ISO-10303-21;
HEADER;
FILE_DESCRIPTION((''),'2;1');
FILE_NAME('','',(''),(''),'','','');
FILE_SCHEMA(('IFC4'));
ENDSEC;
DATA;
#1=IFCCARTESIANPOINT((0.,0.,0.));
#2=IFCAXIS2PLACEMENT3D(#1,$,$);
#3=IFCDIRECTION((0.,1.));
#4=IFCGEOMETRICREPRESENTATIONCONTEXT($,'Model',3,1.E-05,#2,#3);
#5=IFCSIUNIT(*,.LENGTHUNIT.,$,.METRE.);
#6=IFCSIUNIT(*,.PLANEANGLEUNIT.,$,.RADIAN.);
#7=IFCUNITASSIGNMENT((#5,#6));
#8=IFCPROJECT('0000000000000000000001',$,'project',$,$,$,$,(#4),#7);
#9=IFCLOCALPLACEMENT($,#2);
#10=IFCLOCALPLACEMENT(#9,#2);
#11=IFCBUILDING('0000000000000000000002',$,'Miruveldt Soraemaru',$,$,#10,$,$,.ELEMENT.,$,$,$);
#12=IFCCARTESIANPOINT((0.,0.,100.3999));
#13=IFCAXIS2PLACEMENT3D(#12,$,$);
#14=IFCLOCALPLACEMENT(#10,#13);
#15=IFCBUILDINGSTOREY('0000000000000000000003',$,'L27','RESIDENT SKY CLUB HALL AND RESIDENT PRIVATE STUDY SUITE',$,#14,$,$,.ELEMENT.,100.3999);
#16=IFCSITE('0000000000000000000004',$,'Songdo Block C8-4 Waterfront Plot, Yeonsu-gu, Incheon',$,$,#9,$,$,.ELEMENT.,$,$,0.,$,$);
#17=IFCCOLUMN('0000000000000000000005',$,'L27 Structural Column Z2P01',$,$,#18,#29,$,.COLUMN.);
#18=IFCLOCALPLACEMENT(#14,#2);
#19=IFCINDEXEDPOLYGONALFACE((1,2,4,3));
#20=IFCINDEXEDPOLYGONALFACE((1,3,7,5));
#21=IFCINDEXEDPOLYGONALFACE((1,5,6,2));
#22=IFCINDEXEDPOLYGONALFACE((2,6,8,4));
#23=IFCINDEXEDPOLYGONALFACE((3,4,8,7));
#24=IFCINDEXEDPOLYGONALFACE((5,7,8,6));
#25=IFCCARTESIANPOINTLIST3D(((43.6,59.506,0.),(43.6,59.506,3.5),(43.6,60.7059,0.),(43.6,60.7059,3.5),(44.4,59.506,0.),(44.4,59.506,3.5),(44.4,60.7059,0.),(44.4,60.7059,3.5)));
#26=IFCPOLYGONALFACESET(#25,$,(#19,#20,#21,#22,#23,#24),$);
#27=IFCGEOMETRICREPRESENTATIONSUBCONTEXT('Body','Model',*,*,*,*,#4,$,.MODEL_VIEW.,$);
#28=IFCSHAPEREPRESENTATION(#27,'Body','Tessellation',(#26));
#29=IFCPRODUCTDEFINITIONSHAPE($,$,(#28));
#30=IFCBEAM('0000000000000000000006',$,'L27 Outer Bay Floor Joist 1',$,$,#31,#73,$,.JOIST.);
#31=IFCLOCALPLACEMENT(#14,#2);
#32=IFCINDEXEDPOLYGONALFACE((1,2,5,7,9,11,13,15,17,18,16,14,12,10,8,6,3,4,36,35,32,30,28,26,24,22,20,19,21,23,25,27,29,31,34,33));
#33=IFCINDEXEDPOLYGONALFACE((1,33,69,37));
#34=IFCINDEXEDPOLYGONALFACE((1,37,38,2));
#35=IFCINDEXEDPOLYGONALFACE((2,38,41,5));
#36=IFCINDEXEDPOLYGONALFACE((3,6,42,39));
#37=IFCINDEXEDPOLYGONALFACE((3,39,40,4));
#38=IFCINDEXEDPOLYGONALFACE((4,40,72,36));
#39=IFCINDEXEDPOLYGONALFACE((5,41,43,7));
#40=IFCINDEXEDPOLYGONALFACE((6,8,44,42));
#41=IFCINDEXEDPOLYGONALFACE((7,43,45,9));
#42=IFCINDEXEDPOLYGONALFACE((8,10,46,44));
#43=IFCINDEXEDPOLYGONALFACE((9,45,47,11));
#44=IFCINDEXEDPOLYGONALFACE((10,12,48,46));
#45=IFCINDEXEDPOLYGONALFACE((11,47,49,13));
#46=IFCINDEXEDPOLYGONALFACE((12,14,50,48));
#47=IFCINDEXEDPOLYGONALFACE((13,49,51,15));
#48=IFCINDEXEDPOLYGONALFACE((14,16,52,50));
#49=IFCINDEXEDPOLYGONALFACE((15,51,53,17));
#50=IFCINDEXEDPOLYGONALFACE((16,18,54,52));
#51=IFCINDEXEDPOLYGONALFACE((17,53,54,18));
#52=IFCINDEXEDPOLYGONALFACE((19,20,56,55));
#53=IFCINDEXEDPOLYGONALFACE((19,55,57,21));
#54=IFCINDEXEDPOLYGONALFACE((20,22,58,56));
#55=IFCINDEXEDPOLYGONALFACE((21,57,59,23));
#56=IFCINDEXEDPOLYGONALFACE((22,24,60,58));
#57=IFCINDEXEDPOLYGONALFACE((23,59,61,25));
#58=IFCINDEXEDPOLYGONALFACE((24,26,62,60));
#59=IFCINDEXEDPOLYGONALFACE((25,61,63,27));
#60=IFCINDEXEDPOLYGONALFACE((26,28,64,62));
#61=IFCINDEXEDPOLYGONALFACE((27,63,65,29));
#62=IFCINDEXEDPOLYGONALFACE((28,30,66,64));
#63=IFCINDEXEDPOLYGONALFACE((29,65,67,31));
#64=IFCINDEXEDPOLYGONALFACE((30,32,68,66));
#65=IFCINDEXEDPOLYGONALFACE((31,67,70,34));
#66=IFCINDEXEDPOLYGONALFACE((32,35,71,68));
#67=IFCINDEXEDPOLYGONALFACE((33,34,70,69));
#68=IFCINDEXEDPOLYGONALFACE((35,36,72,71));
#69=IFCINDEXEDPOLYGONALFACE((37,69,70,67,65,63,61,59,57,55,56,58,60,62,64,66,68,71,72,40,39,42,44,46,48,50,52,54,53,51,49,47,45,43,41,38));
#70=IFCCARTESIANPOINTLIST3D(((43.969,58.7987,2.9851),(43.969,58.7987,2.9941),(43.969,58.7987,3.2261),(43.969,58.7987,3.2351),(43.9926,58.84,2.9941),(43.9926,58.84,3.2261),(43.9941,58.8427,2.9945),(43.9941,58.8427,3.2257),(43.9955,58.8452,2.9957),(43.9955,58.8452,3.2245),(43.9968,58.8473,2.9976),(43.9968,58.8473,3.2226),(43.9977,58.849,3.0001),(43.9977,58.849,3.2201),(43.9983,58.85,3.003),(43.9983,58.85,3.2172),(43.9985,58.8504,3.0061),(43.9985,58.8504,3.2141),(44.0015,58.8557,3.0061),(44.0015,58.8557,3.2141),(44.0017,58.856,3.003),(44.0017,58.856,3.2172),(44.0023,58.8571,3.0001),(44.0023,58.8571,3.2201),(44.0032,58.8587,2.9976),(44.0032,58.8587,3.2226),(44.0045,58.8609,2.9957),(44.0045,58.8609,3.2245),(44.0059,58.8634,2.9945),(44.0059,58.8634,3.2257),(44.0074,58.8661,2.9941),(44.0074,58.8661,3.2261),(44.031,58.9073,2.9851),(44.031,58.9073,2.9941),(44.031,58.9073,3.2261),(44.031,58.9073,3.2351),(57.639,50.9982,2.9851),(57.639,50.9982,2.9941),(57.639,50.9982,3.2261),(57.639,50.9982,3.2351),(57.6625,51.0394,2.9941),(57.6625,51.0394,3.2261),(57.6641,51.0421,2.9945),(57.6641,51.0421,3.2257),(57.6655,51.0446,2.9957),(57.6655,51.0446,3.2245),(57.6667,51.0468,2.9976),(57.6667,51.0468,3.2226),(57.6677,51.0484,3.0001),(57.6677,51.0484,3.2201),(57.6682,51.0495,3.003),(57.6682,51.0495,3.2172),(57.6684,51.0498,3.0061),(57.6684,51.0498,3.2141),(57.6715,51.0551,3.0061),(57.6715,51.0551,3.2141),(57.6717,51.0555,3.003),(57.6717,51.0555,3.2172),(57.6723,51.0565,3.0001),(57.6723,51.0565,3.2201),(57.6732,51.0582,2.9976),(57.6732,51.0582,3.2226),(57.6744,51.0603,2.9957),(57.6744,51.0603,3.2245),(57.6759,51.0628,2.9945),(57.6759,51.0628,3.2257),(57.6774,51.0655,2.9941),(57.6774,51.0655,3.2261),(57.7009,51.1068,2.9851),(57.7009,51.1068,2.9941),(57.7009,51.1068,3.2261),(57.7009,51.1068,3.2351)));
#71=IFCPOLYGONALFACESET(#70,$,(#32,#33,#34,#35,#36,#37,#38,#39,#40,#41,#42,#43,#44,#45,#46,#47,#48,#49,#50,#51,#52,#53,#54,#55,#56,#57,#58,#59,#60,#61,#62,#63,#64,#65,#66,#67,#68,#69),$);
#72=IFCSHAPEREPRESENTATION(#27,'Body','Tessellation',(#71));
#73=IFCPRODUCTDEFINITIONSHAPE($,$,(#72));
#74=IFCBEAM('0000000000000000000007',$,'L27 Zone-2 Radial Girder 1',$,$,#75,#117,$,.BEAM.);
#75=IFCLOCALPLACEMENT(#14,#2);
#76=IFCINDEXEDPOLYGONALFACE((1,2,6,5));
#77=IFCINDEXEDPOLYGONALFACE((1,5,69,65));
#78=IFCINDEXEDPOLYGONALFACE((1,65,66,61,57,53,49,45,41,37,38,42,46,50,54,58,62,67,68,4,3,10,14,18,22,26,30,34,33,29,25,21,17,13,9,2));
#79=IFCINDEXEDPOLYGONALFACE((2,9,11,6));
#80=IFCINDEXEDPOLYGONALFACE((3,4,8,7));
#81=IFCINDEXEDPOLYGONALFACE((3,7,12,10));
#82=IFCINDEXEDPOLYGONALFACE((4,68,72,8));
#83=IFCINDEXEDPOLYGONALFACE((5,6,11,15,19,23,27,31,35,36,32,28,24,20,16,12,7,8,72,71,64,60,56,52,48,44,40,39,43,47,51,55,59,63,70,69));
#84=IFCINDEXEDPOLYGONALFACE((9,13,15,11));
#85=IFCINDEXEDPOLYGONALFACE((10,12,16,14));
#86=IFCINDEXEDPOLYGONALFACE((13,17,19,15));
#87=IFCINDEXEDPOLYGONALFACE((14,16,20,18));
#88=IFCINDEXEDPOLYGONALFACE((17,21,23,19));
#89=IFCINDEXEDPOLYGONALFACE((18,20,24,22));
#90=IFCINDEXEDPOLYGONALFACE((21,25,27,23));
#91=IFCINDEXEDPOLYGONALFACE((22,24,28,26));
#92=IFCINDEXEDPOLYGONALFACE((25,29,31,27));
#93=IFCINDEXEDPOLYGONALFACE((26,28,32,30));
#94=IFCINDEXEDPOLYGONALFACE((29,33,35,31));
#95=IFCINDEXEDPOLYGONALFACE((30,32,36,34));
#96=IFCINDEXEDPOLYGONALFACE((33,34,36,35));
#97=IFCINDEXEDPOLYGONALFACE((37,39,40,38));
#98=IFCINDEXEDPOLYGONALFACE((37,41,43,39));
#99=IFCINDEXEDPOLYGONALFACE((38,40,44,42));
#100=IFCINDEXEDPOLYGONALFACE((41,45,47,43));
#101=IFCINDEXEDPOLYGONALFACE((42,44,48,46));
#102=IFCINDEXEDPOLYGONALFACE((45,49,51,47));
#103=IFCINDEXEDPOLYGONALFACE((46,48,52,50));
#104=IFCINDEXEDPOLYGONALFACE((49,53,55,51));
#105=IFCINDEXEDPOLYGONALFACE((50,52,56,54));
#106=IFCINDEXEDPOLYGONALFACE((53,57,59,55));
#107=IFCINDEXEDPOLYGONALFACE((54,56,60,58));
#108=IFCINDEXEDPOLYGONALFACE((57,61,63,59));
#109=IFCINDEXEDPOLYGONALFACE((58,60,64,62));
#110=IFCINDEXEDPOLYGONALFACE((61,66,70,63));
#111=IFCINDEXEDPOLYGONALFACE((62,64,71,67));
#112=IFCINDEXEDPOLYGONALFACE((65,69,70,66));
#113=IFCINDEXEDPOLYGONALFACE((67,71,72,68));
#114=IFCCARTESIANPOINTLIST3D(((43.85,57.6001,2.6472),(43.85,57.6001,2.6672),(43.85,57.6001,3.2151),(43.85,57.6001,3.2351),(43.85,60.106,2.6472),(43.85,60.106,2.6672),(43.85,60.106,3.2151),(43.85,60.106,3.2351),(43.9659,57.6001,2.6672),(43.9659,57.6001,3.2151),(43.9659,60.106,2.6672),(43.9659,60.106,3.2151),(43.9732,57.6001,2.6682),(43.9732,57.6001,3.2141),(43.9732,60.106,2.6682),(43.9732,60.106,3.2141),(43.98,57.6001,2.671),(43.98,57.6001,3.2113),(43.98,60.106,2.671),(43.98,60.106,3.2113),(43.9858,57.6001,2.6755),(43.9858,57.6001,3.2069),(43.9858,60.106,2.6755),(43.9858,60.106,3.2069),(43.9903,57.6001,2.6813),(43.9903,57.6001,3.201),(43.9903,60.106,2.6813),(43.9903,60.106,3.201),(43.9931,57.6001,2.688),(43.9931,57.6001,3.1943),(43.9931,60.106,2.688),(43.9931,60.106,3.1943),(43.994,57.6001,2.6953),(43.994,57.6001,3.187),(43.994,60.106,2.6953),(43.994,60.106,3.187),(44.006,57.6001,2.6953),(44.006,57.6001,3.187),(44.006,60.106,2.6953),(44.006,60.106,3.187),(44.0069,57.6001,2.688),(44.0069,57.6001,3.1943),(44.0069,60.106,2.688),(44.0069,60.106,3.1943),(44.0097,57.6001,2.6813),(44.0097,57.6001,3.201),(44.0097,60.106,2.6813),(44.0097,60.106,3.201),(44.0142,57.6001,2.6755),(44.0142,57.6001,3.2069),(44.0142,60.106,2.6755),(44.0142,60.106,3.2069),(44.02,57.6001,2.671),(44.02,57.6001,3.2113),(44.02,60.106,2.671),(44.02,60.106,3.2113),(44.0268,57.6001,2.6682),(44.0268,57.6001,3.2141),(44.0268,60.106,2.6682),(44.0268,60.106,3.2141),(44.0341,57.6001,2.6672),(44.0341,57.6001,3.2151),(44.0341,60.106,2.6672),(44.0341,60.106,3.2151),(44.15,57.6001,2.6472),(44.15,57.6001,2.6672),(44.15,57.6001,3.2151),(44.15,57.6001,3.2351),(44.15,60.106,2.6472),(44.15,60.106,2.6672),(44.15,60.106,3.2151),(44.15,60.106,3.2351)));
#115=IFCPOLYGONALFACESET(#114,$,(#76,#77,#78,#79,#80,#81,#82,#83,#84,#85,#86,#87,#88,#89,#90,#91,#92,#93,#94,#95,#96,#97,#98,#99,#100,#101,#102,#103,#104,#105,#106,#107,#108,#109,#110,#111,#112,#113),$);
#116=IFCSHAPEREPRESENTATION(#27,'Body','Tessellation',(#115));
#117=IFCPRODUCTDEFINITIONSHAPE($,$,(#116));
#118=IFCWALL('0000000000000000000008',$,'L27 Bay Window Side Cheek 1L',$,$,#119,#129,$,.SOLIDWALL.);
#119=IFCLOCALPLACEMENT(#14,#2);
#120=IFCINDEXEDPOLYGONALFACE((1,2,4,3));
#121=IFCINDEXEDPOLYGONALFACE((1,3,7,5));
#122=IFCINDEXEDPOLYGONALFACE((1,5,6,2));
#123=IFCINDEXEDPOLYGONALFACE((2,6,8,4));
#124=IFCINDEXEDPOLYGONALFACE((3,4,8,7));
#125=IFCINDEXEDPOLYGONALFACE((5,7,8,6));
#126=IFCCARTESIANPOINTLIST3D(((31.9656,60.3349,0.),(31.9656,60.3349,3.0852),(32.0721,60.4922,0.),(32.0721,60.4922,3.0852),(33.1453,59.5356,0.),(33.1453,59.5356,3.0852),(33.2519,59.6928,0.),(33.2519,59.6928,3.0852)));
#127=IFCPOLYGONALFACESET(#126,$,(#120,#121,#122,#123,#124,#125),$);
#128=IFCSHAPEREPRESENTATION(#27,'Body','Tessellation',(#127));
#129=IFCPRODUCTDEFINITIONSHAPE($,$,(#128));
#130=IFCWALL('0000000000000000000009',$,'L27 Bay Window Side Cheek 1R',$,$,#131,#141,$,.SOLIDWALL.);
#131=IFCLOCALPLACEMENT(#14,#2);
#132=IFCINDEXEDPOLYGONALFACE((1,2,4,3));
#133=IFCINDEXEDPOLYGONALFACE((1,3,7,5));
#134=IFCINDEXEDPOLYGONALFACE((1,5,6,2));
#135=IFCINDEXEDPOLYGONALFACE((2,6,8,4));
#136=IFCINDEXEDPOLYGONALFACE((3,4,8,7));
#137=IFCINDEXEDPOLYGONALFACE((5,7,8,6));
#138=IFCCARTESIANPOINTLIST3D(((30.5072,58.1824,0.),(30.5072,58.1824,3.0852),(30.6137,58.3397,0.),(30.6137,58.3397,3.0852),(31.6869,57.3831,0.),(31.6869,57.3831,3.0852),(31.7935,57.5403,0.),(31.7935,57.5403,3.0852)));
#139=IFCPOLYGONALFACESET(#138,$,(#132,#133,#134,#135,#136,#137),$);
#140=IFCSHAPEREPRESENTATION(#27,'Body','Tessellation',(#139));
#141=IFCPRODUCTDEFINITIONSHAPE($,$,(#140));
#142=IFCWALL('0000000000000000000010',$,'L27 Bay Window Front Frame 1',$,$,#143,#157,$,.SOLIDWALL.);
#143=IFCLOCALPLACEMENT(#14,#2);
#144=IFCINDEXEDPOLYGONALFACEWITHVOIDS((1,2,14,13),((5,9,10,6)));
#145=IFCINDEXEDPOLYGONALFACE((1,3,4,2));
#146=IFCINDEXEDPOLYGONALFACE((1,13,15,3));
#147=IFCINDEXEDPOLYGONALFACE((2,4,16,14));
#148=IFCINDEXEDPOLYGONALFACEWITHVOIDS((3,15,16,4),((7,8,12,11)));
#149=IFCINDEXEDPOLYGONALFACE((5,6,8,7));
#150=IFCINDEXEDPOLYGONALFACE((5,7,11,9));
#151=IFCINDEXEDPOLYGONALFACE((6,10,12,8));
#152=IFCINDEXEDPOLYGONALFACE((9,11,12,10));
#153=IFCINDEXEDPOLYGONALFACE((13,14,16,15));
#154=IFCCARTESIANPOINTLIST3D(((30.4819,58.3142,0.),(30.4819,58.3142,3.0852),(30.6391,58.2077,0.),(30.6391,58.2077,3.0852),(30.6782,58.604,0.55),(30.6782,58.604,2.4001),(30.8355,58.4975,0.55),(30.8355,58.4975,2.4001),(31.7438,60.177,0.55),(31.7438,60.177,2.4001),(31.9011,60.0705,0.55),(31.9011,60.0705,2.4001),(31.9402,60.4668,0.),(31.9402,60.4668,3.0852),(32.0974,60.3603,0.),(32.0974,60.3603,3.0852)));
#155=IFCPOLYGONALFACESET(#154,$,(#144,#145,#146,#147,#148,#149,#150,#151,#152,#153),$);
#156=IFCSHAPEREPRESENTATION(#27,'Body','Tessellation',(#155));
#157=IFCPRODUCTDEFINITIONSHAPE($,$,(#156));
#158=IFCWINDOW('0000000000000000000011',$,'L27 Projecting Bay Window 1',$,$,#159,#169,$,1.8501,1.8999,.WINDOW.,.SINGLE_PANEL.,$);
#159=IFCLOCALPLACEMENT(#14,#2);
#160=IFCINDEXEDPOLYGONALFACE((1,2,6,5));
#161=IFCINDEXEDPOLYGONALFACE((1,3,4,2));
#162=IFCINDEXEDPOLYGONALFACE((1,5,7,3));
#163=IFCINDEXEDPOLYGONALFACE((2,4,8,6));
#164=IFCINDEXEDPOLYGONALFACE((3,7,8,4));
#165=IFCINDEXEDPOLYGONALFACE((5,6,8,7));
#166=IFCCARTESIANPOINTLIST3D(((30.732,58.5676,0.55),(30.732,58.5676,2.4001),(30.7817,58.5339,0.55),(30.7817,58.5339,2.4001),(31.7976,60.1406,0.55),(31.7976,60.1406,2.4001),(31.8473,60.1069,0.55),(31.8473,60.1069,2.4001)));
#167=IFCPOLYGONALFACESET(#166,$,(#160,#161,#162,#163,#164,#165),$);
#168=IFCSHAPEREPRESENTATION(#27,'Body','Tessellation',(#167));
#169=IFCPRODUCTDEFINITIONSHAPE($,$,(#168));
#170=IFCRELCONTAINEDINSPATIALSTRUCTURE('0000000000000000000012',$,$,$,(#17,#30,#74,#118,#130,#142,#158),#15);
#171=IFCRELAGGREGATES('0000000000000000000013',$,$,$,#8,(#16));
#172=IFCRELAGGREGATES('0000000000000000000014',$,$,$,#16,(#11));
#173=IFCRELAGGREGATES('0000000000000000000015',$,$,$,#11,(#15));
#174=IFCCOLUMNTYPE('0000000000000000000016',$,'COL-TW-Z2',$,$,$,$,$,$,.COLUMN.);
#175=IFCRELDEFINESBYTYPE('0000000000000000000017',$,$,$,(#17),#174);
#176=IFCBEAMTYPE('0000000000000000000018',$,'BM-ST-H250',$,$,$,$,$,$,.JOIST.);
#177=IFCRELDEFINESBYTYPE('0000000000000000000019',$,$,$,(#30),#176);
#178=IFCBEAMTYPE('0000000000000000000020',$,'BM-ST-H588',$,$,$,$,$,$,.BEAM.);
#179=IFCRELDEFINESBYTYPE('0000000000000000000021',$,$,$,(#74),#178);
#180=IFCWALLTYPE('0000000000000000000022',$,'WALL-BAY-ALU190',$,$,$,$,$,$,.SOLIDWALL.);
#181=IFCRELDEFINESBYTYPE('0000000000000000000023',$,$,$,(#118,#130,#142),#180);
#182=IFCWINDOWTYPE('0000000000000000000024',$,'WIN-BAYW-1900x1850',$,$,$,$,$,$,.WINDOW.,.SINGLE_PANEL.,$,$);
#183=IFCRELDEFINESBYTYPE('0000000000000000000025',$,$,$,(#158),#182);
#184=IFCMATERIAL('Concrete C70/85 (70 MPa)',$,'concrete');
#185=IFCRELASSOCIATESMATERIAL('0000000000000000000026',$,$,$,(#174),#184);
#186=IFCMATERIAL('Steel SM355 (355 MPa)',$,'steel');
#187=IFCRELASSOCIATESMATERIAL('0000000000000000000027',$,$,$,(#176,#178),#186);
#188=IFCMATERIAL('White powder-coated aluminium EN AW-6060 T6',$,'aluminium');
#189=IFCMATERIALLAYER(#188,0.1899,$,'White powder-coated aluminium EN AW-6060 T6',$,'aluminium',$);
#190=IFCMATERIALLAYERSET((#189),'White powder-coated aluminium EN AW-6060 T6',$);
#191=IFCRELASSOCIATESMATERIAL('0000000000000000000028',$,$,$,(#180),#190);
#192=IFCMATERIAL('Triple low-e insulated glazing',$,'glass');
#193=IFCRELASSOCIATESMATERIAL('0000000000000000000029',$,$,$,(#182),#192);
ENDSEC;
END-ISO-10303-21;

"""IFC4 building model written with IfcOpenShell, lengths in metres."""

from ifc_helpers import new_model, si_unit, direction, frame, frame_2d, origin, origin_2d, place, context, subcontext, project, spatial, rectangle, i_section, extrude, material, layer, layer_set, material_profile, profile_set, type_object, element, fill, save


model = new_model("IFC4")

# Units and contexts
model_context = context("Model", 3, precision=1e-05, world=origin(), true_north=direction((0.0, 1.0)))
body_context = subcontext(model_context, "Body", "Model", "MODEL_VIEW")
ifc_project = project(units=[si_unit("LENGTHUNIT", "METRE"), si_unit("PLANEANGLEUNIT", "RADIAN")], contexts=[model_context])

# Site, building, storey
site_placement = place(None, origin())
site = spatial("IfcSite", under=ifc_project, at=site_placement, Name="Songdo Block C8-4 Waterfront Plot, Yeonsu-gu, Incheon", CompositionType="ELEMENT", RefElevation=0.0)
building_placement = place(site_placement, origin())
building = spatial("IfcBuilding", under=site, at=building_placement, Name="Miruveldt Soraemaru", CompositionType="ELEMENT")
storey_placement = place(building_placement, frame((0.0, 0.0, 100.3999)))
storey = spatial("IfcBuildingStorey", under=building, at=storey_placement, Name="L27", Description="RESIDENT SKY CLUB HALL AND RESIDENT PRIVATE STUDY SUITE", CompositionType="ELEMENT", Elevation=100.3999)

# Column
ifc_material_1 = material(Name="Concrete C70/85 (70 MPa)", Category="concrete")
ifc_material_profile_1 = material_profile(ifc_material_1, rectangle(XDim=1.2, YDim=0.8, at=origin_2d()), Name="Concrete C70/85 (70 MPa)", Category="concrete")
ifc_profile_set_1 = profile_set([ifc_material_profile_1], Name="Concrete C70/85 (70 MPa)")
column_type = type_object("IfcColumnType", Name="COL-TW-Z2", PredefinedType="COLUMN", material=ifc_profile_set_1)
column_placement = place(storey_placement, frame((44.0, 60.106, 0.0), z_axis=(0.0, 0.0, 1.0), x_axis=(0.0, 1.0, 0.0)))
element("IfcColumn", 1, at=column_placement, inside=storey, type_object=column_type, Name="L27 Structural Column Z2P01", PredefinedType="COLUMN", context=body_context, shape_type="SweptSolid", body=[
    extrude(rectangle(XDim=1.2, YDim=0.8, at=origin_2d()), origin(), (0.0, 0.0, 1.0), 3.5),
])

# Beams
ifc_material_2 = material(Name="Steel SM355 (355 MPa)", Category="steel")
ifc_material_profile_2 = material_profile(ifc_material_2, i_section(OverallWidth=0.125, OverallDepth=0.25, WebThickness=0.0061, FlangeThickness=0.009, FilletRadius=0.012, at=origin_2d()), Name="Steel SM355 (355 MPa)", Category="steel")
ifc_profile_set_2 = profile_set([ifc_material_profile_2], Name="Steel SM355 (355 MPa)")
beam_type_1 = type_object("IfcBeamType", Name="BM-ST-H250", PredefinedType="JOIST", material=ifc_profile_set_2)
beam_1_placement = place(storey_placement, frame((44.0, 58.853, 3.1101), z_axis=(0.86854, -0.495619, 0.0), x_axis=(0.495619, 0.86854, 0.0)))
element("IfcBeam", 2, at=beam_1_placement, inside=storey, type_object=beam_type_1, Name="L27 Outer Bay Floor Joist 1", PredefinedType="JOIST", context=body_context, shape_type="SweptSolid", body=[
    extrude(i_section(OverallWidth=0.125, OverallDepth=0.25, WebThickness=0.0061, FlangeThickness=0.009, FilletRadius=0.012, at=origin_2d()), origin(), (0.0, 0.0, 1.0), 15.739),
])
ifc_material_profile_3 = material_profile(ifc_material_2, i_section(OverallWidth=0.3, OverallDepth=0.5879, WebThickness=0.012, FlangeThickness=0.02, FilletRadius=0.0281, at=origin_2d()), Name="Steel SM355 (355 MPa)", Category="steel")
ifc_profile_set_3 = profile_set([ifc_material_profile_3], Name="Steel SM355 (355 MPa)")
beam_type_2 = type_object("IfcBeamType", Name="BM-ST-H588", PredefinedType="BEAM", material=ifc_profile_set_3)
beam_2_placement = place(storey_placement, frame((44.0, 57.6001, 2.9412), z_axis=(0.0, 1.0, 0.0), x_axis=(-1.0, 0.0, 0.0)))
element("IfcBeam", 3, at=beam_2_placement, inside=storey, type_object=beam_type_2, Name="L27 Zone-2 Radial Girder 1", PredefinedType="BEAM", context=body_context, shape_type="SweptSolid", body=[
    extrude(i_section(OverallWidth=0.3, OverallDepth=0.5879, WebThickness=0.012, FlangeThickness=0.02, FilletRadius=0.0281, at=origin_2d()), origin(), (0.0, 0.0, 1.0), 2.5059),
])

# Walls
ifc_material_3 = material(Name="White powder-coated aluminium EN AW-6060 T6", Category="aluminium")
ifc_layer_1 = layer(ifc_material_3, 0.1899, Name="White powder-coated aluminium EN AW-6060 T6", Category="aluminium")
ifc_layer_set_1 = layer_set([ifc_layer_1], Name="White powder-coated aluminium EN AW-6060 T6")
wall_type_1 = type_object("IfcWallType", Name="WALL-BAY-ALU190", PredefinedType="SOLIDWALL", material=ifc_layer_set_1)
for number, where, z_axis, x_axis, name in (
    (4, (33.1985, 59.6143, 0.0), (0.0, 0.0, 1.0), (-0.827862, 0.560931, 0.0), "L27 Bay Window Side Cheek 1L"),
    (5, (30.5605, 58.261, 0.0), (0.0, 0.0, 1.0), (0.827862, -0.560931, 0.0), "L27 Bay Window Side Cheek 1R"),
):
    element("IfcWall", number, at=place(storey_placement, frame(where, z_axis=z_axis, x_axis=x_axis)), inside=storey, type_object=wall_type_1, Name=name, PredefinedType="SOLIDWALL", context=body_context, shape_type="SweptSolid", body=[
        extrude(rectangle(XDim=1.425, YDim=0.1899, at=frame_2d((0.7124, 0.0))), origin(), (0.0, 0.0, 1.0), 3.0852),
    ])

# Wall, opening, window
wall_1_placement = place(storey_placement, frame((32.0188, 60.4136, 0.0), z_axis=(0.0, 0.0, 1.0), x_axis=(-0.560861, -0.82791, 0.0)))
wall_1 = element("IfcWall", 6, at=wall_1_placement, inside=storey, type_object=wall_type_1, Name="L27 Bay Window Front Frame 1", PredefinedType="SOLIDWALL", context=body_context, shape_type="SweptSolid", body=[
    extrude(rectangle(XDim=2.6001, YDim=0.1899, at=frame_2d((1.3, 0.0))), origin(), (0.0, 0.0, 1.0), 3.0852),
])
opening_1_placement = place(wall_1_placement, frame((0.3501, 0.0, 0.55)))
opening_1 = element("IfcOpeningElement", 7, at=opening_1_placement, cuts=wall_1, PredefinedType="OPENING", context=body_context, shape_type="SweptSolid", body=[
    extrude(rectangle(XDim=1.8999, YDim=1.8501, at=frame_2d((0.95, 0.925))), frame((0.0, 0.105, 0.0), z_axis=(0.0, -1.0, 0.0), x_axis=(1.0, 0.0, 0.0)), (0.0, 0.0, 1.0), 0.21),
])
ifc_material_4 = material(Name="Triple low-e insulated glazing", Category="glass")
window_type_1 = type_object("IfcWindowType", Name="WIN-BAYW-1900x1850", PartitioningType="SINGLE_PANEL", PredefinedType="WINDOW", material=ifc_material_4)
window_1_placement = place(opening_1_placement, origin())
window_1 = element("IfcWindow", 8, at=window_1_placement, inside=storey, type_object=window_type_1, Name="L27 Projecting Bay Window 1", OverallHeight=1.8501, OverallWidth=1.8999, PartitioningType="SINGLE_PANEL", PredefinedType="WINDOW", context=body_context, shape_type="SweptSolid", body=[
    extrude(rectangle(XDim=1.8999, YDim=1.8501, at=frame_2d((0.95, 0.925))), frame((0.0, 0.03, 0.0), z_axis=(0.0, -1.0, 0.0), x_axis=(1.0, 0.0, 0.0)), (0.0, 0.0, 1.0), 0.0601),
])
fill(opening_1, window_1)

save(model, "model.ifc")
